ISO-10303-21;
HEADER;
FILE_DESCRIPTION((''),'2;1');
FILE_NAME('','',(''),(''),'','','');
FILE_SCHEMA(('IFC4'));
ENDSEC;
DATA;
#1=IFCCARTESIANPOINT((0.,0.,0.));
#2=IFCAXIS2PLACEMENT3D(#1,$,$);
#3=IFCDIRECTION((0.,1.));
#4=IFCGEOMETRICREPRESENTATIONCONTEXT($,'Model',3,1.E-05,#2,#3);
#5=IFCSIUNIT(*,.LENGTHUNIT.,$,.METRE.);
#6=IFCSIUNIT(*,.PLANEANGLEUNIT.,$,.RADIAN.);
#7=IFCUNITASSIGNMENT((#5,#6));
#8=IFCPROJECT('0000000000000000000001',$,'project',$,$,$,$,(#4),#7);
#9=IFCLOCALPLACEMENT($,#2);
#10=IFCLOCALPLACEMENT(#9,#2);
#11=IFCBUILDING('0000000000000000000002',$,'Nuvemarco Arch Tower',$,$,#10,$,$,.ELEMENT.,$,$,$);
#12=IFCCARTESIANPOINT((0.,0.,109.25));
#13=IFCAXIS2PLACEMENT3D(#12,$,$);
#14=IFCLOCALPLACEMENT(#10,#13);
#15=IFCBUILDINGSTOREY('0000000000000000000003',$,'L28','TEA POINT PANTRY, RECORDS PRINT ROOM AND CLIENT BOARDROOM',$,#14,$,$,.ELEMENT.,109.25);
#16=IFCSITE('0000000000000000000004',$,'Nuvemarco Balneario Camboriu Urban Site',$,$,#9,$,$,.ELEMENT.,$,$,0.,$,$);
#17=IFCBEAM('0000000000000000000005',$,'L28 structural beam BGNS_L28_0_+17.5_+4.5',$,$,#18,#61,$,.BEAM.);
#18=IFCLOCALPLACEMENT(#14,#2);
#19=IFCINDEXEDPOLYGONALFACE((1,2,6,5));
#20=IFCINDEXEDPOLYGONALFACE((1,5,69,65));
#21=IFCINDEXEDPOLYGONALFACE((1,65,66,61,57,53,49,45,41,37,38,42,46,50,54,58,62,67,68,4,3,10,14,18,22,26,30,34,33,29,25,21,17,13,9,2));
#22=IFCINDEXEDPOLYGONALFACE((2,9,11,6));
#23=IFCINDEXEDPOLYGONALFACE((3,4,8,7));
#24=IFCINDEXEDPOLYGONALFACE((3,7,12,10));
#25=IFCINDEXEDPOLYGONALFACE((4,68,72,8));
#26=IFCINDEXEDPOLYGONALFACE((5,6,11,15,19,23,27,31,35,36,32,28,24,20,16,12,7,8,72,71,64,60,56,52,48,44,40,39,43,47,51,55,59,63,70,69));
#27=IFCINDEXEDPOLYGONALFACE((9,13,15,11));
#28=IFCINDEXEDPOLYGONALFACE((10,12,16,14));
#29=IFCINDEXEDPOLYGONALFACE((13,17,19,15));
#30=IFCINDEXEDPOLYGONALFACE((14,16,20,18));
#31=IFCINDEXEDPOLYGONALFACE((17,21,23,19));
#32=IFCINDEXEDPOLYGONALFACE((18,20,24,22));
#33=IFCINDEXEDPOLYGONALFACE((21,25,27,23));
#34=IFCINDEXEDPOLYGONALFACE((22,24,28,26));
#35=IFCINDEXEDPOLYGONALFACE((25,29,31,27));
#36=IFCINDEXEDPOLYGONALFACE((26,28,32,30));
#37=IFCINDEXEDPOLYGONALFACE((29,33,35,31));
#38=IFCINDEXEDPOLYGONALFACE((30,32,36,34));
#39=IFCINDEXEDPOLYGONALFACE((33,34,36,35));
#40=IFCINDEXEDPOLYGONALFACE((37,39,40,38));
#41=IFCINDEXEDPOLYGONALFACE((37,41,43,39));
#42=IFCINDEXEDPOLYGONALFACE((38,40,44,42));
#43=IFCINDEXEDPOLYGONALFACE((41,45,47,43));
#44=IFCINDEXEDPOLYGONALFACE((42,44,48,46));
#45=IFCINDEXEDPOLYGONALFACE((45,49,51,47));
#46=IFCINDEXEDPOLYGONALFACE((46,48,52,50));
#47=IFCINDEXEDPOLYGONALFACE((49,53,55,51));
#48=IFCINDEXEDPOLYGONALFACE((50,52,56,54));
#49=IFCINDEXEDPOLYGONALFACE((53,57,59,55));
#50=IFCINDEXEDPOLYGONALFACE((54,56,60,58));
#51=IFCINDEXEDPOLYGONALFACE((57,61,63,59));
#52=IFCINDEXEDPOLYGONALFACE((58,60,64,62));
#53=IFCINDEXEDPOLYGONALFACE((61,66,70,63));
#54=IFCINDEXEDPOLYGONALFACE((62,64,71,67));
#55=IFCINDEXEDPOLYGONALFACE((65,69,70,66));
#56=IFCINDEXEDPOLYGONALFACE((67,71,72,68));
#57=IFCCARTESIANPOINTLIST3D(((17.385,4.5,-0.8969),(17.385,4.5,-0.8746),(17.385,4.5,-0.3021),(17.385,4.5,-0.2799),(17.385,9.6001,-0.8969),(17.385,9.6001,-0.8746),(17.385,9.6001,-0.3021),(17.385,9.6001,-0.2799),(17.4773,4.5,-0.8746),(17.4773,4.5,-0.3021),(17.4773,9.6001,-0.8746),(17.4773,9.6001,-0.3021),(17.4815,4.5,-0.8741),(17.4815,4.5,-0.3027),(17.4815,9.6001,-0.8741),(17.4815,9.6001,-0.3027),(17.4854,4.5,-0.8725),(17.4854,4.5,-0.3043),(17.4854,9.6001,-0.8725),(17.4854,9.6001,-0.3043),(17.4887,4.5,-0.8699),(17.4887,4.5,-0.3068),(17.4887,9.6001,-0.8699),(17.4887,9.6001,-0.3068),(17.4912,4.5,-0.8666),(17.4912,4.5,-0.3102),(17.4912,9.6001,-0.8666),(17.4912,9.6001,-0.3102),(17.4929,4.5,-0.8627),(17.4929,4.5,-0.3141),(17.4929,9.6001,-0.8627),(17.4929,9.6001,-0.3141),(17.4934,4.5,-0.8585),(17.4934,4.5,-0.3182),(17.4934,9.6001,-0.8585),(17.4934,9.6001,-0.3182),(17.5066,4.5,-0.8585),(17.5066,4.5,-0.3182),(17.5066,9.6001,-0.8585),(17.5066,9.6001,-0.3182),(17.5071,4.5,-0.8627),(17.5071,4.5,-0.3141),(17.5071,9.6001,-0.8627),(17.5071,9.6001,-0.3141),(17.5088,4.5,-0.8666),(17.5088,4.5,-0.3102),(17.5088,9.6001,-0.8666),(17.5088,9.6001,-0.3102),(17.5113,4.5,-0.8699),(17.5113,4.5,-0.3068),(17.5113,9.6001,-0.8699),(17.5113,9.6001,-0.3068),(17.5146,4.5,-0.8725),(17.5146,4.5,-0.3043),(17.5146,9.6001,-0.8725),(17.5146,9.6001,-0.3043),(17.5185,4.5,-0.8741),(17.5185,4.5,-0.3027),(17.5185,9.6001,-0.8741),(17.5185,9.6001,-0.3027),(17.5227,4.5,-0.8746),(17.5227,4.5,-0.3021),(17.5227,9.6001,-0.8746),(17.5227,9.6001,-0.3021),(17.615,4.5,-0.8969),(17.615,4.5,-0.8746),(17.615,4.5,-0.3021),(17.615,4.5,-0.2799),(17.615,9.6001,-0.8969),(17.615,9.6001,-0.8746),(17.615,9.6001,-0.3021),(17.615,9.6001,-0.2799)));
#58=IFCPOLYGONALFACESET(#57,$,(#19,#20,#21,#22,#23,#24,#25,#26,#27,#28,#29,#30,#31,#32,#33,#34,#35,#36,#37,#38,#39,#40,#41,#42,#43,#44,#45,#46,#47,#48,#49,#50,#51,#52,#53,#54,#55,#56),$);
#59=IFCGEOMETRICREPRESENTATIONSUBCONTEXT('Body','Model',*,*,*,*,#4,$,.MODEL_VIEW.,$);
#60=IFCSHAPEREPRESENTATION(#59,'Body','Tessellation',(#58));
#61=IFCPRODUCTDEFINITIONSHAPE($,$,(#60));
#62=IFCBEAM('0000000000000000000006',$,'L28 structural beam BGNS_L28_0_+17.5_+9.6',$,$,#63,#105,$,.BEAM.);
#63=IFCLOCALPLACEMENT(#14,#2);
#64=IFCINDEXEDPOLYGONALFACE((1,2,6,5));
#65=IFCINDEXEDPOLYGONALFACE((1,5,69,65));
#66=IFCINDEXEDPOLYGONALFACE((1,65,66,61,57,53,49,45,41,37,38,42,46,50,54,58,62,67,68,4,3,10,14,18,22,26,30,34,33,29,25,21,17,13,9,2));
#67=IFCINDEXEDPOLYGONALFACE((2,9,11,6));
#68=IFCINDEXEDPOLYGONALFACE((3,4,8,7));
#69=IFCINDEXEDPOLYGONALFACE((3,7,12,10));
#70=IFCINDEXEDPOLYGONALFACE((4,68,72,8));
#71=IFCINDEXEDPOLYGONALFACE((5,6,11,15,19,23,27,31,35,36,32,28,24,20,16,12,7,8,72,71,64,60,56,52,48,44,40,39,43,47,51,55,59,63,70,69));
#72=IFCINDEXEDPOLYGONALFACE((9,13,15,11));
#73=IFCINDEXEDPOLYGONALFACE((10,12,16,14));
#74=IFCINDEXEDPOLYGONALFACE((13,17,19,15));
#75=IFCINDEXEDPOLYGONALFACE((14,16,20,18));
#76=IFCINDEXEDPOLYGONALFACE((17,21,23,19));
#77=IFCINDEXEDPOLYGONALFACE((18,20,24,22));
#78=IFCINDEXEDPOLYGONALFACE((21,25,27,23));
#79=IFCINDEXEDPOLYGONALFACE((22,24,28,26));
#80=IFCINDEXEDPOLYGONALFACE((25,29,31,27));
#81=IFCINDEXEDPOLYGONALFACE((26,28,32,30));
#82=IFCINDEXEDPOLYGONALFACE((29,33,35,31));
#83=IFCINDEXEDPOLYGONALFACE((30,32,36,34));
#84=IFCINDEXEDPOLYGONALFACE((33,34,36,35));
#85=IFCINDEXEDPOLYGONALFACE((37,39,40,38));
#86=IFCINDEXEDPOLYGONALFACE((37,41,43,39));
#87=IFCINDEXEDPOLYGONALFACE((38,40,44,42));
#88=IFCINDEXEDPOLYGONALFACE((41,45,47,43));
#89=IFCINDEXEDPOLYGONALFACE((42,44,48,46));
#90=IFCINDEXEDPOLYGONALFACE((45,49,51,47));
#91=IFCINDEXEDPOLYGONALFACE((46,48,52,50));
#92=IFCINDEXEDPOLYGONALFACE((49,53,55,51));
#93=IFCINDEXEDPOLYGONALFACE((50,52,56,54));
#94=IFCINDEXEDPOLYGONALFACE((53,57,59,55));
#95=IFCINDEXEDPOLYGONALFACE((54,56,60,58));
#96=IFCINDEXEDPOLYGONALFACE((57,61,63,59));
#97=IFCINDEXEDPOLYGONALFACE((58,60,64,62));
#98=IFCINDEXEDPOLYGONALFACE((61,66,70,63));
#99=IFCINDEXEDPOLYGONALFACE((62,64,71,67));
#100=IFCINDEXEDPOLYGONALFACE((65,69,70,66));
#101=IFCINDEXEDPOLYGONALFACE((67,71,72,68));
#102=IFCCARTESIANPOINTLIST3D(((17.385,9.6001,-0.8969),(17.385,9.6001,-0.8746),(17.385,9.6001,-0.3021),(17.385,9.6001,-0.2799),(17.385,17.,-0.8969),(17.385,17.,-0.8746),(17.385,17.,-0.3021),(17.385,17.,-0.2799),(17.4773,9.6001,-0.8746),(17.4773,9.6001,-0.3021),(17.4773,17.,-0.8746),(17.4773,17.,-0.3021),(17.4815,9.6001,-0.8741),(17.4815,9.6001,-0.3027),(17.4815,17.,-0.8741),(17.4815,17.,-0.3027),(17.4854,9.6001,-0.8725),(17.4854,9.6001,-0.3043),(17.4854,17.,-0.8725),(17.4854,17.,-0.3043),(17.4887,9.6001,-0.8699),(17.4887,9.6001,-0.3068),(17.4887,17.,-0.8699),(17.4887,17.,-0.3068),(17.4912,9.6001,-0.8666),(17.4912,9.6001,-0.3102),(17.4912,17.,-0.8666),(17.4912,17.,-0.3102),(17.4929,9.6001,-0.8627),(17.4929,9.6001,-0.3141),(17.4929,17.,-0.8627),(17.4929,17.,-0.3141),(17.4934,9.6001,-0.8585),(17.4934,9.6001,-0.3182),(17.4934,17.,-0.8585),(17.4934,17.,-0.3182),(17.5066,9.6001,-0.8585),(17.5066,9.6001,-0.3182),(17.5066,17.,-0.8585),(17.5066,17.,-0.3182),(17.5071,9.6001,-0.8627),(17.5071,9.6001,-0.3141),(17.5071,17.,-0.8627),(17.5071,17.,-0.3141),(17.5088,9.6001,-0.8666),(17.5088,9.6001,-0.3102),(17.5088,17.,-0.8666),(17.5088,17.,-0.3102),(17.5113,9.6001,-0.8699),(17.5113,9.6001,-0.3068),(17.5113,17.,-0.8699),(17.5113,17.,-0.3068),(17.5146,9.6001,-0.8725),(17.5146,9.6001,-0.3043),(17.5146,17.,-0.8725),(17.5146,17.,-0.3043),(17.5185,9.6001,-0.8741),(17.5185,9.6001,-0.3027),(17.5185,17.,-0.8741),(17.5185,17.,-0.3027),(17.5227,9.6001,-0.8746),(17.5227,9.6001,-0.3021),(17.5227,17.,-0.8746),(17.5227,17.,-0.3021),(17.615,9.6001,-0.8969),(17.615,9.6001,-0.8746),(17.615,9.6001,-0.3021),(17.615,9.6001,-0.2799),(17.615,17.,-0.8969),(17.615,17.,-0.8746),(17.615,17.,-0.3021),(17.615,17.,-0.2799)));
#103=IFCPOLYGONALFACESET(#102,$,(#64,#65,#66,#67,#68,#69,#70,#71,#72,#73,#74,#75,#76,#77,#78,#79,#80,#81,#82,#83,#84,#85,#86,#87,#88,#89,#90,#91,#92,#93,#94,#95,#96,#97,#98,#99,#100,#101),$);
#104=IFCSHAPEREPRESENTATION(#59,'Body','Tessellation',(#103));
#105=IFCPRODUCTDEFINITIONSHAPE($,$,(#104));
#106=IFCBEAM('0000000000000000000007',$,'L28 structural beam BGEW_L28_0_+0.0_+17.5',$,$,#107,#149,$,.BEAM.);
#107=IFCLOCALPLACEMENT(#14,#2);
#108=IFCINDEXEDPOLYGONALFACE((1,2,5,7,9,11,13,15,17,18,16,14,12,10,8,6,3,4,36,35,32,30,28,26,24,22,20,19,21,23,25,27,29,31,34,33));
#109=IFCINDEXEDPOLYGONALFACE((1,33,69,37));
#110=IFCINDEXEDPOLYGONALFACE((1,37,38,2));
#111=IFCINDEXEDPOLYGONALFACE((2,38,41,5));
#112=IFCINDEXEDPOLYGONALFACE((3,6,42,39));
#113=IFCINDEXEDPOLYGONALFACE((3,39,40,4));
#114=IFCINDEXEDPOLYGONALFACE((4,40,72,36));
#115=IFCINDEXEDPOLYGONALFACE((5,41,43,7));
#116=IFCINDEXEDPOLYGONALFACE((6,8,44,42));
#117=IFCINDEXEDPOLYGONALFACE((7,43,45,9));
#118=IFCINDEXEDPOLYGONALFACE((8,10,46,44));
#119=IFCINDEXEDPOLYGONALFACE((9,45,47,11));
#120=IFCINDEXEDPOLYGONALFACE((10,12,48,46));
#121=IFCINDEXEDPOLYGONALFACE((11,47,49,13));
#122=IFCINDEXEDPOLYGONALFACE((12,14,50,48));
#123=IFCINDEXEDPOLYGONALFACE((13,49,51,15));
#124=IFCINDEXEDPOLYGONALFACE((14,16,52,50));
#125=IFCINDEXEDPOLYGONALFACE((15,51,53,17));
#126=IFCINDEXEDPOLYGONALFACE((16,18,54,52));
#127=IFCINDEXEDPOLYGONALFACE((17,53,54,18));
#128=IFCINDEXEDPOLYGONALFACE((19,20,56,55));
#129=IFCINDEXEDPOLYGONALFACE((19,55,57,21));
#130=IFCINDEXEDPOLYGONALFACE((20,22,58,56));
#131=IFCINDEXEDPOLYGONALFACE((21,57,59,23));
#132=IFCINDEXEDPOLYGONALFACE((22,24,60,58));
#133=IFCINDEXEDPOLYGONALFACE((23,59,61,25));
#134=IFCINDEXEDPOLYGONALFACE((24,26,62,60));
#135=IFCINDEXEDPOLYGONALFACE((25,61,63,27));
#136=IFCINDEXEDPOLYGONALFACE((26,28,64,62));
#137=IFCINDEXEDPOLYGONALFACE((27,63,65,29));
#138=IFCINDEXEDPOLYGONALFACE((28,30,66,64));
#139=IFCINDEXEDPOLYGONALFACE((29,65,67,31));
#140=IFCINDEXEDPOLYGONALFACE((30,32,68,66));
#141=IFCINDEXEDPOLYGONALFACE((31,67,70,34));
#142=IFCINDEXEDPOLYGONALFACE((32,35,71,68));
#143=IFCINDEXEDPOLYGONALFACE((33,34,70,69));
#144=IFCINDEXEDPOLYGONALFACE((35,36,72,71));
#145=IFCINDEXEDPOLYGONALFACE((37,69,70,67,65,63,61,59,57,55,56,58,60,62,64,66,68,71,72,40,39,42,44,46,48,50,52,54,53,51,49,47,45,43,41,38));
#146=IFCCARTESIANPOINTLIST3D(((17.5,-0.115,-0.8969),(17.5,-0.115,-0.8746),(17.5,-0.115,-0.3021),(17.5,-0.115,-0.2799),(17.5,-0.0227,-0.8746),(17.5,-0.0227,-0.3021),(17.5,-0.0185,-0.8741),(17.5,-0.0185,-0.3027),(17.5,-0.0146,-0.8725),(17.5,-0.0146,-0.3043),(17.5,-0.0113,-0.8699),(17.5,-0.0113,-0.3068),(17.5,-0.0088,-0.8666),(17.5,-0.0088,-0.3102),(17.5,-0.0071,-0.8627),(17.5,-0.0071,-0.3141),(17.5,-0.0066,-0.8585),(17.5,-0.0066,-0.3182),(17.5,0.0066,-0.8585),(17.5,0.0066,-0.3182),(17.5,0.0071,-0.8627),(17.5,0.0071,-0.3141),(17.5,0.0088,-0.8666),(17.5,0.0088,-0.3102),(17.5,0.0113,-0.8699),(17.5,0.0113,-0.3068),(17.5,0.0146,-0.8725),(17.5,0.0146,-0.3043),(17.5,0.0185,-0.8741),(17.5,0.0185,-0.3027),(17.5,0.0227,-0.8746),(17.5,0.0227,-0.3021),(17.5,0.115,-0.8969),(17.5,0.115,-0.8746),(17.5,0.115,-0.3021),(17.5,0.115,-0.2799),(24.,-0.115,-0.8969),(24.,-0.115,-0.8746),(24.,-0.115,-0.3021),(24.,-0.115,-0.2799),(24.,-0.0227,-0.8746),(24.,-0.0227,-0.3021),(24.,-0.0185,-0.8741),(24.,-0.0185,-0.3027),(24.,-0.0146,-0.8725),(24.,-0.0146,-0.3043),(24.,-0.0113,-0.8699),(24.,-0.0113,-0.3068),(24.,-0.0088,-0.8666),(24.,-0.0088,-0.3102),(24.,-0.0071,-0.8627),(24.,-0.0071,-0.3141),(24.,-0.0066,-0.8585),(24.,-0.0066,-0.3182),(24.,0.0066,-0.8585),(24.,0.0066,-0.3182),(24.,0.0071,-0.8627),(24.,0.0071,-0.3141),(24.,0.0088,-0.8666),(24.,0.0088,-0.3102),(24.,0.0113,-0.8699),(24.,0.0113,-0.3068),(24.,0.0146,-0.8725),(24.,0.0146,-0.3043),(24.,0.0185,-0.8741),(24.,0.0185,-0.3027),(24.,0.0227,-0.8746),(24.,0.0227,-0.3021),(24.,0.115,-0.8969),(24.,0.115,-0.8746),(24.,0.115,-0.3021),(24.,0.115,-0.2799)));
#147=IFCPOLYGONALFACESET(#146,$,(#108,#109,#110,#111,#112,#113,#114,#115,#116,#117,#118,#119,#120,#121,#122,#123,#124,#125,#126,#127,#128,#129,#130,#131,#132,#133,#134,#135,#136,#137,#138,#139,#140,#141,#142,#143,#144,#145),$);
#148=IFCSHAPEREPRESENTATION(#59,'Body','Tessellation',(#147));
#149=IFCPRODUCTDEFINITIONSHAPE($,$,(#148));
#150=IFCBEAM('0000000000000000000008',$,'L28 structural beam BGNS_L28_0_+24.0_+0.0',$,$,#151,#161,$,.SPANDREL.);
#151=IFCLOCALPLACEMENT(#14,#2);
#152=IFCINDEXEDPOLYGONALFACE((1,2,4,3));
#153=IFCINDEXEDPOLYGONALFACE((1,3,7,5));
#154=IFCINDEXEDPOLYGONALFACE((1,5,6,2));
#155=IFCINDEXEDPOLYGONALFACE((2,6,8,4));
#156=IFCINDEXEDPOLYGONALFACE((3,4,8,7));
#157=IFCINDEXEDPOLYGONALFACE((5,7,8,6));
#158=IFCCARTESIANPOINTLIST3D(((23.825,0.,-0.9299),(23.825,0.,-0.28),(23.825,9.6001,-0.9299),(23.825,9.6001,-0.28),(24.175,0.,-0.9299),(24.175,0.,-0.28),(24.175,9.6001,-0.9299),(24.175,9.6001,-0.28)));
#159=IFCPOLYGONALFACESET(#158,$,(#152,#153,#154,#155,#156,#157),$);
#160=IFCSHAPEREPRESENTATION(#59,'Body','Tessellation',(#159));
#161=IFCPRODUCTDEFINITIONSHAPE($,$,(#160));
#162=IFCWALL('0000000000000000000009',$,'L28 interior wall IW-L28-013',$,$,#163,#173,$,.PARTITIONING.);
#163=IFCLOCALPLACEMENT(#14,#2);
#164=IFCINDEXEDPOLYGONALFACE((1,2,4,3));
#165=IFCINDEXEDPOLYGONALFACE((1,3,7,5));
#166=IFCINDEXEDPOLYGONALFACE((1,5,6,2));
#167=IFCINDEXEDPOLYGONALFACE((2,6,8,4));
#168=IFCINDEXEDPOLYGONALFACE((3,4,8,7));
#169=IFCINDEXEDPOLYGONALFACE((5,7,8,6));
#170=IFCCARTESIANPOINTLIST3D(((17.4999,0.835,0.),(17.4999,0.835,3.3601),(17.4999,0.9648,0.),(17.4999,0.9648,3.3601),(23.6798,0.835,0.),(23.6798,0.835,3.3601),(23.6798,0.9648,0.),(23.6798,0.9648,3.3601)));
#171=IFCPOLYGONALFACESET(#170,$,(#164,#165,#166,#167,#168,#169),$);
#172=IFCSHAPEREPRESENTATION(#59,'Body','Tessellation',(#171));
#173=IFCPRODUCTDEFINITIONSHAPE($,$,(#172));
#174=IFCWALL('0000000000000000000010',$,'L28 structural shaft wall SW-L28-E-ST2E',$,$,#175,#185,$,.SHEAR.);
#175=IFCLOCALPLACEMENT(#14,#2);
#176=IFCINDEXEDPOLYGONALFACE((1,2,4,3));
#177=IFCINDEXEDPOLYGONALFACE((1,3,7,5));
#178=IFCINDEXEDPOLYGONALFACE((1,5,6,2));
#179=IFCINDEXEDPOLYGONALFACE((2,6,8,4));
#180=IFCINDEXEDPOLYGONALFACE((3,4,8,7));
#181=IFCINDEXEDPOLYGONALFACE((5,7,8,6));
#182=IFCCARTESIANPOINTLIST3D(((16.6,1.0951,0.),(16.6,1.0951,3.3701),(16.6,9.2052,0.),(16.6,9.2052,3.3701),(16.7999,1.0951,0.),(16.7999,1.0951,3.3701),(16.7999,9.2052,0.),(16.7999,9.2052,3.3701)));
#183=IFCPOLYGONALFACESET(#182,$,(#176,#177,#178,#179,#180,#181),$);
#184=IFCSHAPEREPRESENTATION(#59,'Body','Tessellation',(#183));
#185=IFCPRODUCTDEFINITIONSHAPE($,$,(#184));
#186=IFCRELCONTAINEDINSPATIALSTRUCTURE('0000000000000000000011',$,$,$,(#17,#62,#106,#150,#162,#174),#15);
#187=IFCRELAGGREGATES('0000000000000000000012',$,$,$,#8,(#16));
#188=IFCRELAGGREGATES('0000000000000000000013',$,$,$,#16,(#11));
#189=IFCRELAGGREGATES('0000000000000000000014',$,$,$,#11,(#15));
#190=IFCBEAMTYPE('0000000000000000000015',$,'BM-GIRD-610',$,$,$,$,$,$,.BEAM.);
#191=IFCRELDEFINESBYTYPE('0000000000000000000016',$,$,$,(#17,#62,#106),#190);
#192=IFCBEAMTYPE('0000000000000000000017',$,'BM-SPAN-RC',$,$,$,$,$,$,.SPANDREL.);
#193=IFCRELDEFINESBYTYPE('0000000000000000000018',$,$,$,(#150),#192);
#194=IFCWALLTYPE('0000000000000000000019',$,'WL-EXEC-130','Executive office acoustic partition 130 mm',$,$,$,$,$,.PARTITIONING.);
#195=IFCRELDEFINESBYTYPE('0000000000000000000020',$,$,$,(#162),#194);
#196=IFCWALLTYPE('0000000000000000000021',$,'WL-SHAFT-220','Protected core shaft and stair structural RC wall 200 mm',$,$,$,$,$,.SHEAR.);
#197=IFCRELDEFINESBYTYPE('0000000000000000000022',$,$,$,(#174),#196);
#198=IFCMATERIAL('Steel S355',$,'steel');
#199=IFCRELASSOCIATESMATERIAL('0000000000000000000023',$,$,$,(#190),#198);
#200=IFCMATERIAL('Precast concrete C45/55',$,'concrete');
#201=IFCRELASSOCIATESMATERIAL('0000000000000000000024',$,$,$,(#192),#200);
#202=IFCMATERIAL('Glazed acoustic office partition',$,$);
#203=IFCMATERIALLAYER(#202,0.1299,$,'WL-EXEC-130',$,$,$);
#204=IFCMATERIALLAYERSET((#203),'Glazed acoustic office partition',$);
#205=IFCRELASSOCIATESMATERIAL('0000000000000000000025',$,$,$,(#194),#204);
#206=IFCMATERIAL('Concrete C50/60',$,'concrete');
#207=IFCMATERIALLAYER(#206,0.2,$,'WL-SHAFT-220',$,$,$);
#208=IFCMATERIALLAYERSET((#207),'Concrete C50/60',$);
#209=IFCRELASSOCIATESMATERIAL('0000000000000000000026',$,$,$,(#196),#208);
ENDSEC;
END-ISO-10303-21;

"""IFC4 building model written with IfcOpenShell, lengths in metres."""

from ifc_helpers import new_model, si_unit, direction, frame, frame_2d, origin, origin_2d, place, context, subcontext, project, spatial, rectangle, i_section, extrude, material, layer, layer_set, material_profile, profile_set, type_object, element, save


model = new_model("IFC4")

# Units and contexts
model_context = context("Model", 3, precision=1e-05, world=origin(), true_north=direction((0.0, 1.0)))
body_context = subcontext(model_context, "Body", "Model", "MODEL_VIEW")
ifc_project = project(units=[si_unit("LENGTHUNIT", "METRE"), si_unit("PLANEANGLEUNIT", "RADIAN")], contexts=[model_context])

# Site, building, storey
site_placement = place(None, origin())
site = spatial("IfcSite", under=ifc_project, at=site_placement, Name="Nuvemarco Balneario Camboriu Urban Site", CompositionType="ELEMENT", RefElevation=0.0)
building_placement = place(site_placement, origin())
building = spatial("IfcBuilding", under=site, at=building_placement, Name="Nuvemarco Arch Tower", CompositionType="ELEMENT")
storey_placement = place(building_placement, frame((0.0, 0.0, 109.25)))
storey = spatial("IfcBuildingStorey", under=building, at=storey_placement, Name="L28", Description="TEA POINT PANTRY, RECORDS PRINT ROOM AND CLIENT BOARDROOM", CompositionType="ELEMENT", Elevation=109.25)

# Shared definitions
ifc_material_1 = material(Name="Steel S355", Category="steel")

# Beams
ifc_material_profile_1 = material_profile(ifc_material_1, i_section(OverallWidth=0.23, OverallDepth=0.6169, WebThickness=0.0132, FlangeThickness=0.0222, FilletRadius=0.0161, at=origin_2d()), Name="W610x140")
ifc_profile_set_1 = profile_set([ifc_material_profile_1], Name="Steel S355")
beam_type_1 = type_object("IfcBeamType", Name="BM-GIRD-610", PredefinedType="BEAM", material=ifc_profile_set_1)
beam_1_placement = place(storey_placement, frame((17.5, 4.5, -0.5884), z_axis=(0.0, 1.0, 0.0), x_axis=(-1.0, 0.0, 0.0)))
element("IfcBeam", 1, at=beam_1_placement, inside=storey, type_object=beam_type_1, Name="L28 structural beam BGNS_L28_0_+17.5_+4.5", PredefinedType="BEAM", context=body_context, shape_type="SweptSolid", body=[
    extrude(i_section(OverallWidth=0.23, OverallDepth=0.6169, WebThickness=0.0132, FlangeThickness=0.0222, FilletRadius=0.0161, at=origin_2d()), origin(), (0.0, 0.0, 1.0), 5.1001),
])
beam_2_placement = place(storey_placement, frame((17.5, 9.6001, -0.5884), z_axis=(0.0, 1.0, 0.0), x_axis=(-1.0, 0.0, 0.0)))
element("IfcBeam", 2, at=beam_2_placement, inside=storey, type_object=beam_type_1, Name="L28 structural beam BGNS_L28_0_+17.5_+9.6", PredefinedType="BEAM", context=body_context, shape_type="SweptSolid", body=[
    extrude(i_section(OverallWidth=0.23, OverallDepth=0.6169, WebThickness=0.0132, FlangeThickness=0.0222, FilletRadius=0.0161, at=origin_2d()), origin(), (0.0, 0.0, 1.0), 7.3999),
])
beam_3_placement = place(storey_placement, frame((17.5, 0.0, -0.5884), z_axis=(1.0, 0.0, 0.0), x_axis=(0.0, 1.0, 0.0)))
element("IfcBeam", 3, at=beam_3_placement, inside=storey, type_object=beam_type_1, Name="L28 structural beam BGEW_L28_0_+0.0_+17.5", PredefinedType="BEAM", context=body_context, shape_type="SweptSolid", body=[
    extrude(i_section(OverallWidth=0.23, OverallDepth=0.6169, WebThickness=0.0132, FlangeThickness=0.0222, FilletRadius=0.0161, at=origin_2d()), origin(), (0.0, 0.0, 1.0), 6.5),
])
ifc_material_2 = material(Name="Precast concrete C45/55", Category="concrete")
ifc_material_profile_2 = material_profile(ifc_material_2, rectangle(XDim=0.3501, YDim=0.6499, at=origin_2d()), Name="PC-SP-350x650")
ifc_profile_set_2 = profile_set([ifc_material_profile_2], Name="Precast concrete C45/55")
beam_type_2 = type_object("IfcBeamType", Name="BM-SPAN-RC", PredefinedType="SPANDREL", material=ifc_profile_set_2)
beam_4_placement = place(storey_placement, frame((24.0, 0.0, -0.605), z_axis=(0.0, 1.0, 0.0), x_axis=(-1.0, 0.0, 0.0)))
element("IfcBeam", 4, at=beam_4_placement, inside=storey, type_object=beam_type_2, Name="L28 structural beam BGNS_L28_0_+24.0_+0.0", PredefinedType="SPANDREL", context=body_context, shape_type="SweptSolid", body=[
    extrude(rectangle(XDim=0.3501, YDim=0.6499, at=origin_2d()), origin(), (0.0, 0.0, 1.0), 9.6001),
])

# Walls
ifc_material_3 = material(Name="Glazed acoustic office partition")
ifc_layer_1 = layer(ifc_material_3, 0.1299, Name="WL-EXEC-130")
ifc_layer_set_1 = layer_set([ifc_layer_1], Name="Glazed acoustic office partition")
wall_type_1 = type_object("IfcWallType", Name="WL-EXEC-130", Description="Executive office acoustic partition 130 mm", PredefinedType="PARTITIONING", material=ifc_layer_set_1)
wall_1_placement = place(storey_placement, frame((17.5, 0.8999, 0.0), z_axis=(0.0, 0.0, 1.0), x_axis=(1.0, 0.0, 0.0)))
element("IfcWall", 5, at=wall_1_placement, inside=storey, type_object=wall_type_1, Name="L28 interior wall IW-L28-013", PredefinedType="PARTITIONING", context=body_context, shape_type="SweptSolid", body=[
    extrude(rectangle(XDim=6.1799, YDim=0.1299, at=frame_2d((3.0898, 0.0))), origin(), (0.0, 0.0, 1.0), 3.3601),
])
ifc_material_4 = material(Name="Concrete C50/60", Category="concrete")
ifc_layer_2 = layer(ifc_material_4, 0.2, Name="WL-SHAFT-220")
ifc_layer_set_2 = layer_set([ifc_layer_2], Name="Concrete C50/60")
wall_type_2 = type_object("IfcWallType", Name="WL-SHAFT-220", Description="Protected core shaft and stair structural RC wall 200 mm", PredefinedType="SHEAR", material=ifc_layer_set_2)
wall_2_placement = place(storey_placement, frame((16.7, 1.095, 0.0), z_axis=(0.0, 0.0, 1.0), x_axis=(0.0, 1.0, 0.0)))
element("IfcWall", 6, at=wall_2_placement, inside=storey, type_object=wall_type_2, Name="L28 structural shaft wall SW-L28-E-ST2E", PredefinedType="SHEAR", context=body_context, shape_type="SweptSolid", body=[
    extrude(rectangle(XDim=8.1101, YDim=0.2, at=frame_2d((4.0552, 0.0))), origin(), (0.0, 0.0, 1.0), 3.3701),
])

save(model, "model.ifc")
